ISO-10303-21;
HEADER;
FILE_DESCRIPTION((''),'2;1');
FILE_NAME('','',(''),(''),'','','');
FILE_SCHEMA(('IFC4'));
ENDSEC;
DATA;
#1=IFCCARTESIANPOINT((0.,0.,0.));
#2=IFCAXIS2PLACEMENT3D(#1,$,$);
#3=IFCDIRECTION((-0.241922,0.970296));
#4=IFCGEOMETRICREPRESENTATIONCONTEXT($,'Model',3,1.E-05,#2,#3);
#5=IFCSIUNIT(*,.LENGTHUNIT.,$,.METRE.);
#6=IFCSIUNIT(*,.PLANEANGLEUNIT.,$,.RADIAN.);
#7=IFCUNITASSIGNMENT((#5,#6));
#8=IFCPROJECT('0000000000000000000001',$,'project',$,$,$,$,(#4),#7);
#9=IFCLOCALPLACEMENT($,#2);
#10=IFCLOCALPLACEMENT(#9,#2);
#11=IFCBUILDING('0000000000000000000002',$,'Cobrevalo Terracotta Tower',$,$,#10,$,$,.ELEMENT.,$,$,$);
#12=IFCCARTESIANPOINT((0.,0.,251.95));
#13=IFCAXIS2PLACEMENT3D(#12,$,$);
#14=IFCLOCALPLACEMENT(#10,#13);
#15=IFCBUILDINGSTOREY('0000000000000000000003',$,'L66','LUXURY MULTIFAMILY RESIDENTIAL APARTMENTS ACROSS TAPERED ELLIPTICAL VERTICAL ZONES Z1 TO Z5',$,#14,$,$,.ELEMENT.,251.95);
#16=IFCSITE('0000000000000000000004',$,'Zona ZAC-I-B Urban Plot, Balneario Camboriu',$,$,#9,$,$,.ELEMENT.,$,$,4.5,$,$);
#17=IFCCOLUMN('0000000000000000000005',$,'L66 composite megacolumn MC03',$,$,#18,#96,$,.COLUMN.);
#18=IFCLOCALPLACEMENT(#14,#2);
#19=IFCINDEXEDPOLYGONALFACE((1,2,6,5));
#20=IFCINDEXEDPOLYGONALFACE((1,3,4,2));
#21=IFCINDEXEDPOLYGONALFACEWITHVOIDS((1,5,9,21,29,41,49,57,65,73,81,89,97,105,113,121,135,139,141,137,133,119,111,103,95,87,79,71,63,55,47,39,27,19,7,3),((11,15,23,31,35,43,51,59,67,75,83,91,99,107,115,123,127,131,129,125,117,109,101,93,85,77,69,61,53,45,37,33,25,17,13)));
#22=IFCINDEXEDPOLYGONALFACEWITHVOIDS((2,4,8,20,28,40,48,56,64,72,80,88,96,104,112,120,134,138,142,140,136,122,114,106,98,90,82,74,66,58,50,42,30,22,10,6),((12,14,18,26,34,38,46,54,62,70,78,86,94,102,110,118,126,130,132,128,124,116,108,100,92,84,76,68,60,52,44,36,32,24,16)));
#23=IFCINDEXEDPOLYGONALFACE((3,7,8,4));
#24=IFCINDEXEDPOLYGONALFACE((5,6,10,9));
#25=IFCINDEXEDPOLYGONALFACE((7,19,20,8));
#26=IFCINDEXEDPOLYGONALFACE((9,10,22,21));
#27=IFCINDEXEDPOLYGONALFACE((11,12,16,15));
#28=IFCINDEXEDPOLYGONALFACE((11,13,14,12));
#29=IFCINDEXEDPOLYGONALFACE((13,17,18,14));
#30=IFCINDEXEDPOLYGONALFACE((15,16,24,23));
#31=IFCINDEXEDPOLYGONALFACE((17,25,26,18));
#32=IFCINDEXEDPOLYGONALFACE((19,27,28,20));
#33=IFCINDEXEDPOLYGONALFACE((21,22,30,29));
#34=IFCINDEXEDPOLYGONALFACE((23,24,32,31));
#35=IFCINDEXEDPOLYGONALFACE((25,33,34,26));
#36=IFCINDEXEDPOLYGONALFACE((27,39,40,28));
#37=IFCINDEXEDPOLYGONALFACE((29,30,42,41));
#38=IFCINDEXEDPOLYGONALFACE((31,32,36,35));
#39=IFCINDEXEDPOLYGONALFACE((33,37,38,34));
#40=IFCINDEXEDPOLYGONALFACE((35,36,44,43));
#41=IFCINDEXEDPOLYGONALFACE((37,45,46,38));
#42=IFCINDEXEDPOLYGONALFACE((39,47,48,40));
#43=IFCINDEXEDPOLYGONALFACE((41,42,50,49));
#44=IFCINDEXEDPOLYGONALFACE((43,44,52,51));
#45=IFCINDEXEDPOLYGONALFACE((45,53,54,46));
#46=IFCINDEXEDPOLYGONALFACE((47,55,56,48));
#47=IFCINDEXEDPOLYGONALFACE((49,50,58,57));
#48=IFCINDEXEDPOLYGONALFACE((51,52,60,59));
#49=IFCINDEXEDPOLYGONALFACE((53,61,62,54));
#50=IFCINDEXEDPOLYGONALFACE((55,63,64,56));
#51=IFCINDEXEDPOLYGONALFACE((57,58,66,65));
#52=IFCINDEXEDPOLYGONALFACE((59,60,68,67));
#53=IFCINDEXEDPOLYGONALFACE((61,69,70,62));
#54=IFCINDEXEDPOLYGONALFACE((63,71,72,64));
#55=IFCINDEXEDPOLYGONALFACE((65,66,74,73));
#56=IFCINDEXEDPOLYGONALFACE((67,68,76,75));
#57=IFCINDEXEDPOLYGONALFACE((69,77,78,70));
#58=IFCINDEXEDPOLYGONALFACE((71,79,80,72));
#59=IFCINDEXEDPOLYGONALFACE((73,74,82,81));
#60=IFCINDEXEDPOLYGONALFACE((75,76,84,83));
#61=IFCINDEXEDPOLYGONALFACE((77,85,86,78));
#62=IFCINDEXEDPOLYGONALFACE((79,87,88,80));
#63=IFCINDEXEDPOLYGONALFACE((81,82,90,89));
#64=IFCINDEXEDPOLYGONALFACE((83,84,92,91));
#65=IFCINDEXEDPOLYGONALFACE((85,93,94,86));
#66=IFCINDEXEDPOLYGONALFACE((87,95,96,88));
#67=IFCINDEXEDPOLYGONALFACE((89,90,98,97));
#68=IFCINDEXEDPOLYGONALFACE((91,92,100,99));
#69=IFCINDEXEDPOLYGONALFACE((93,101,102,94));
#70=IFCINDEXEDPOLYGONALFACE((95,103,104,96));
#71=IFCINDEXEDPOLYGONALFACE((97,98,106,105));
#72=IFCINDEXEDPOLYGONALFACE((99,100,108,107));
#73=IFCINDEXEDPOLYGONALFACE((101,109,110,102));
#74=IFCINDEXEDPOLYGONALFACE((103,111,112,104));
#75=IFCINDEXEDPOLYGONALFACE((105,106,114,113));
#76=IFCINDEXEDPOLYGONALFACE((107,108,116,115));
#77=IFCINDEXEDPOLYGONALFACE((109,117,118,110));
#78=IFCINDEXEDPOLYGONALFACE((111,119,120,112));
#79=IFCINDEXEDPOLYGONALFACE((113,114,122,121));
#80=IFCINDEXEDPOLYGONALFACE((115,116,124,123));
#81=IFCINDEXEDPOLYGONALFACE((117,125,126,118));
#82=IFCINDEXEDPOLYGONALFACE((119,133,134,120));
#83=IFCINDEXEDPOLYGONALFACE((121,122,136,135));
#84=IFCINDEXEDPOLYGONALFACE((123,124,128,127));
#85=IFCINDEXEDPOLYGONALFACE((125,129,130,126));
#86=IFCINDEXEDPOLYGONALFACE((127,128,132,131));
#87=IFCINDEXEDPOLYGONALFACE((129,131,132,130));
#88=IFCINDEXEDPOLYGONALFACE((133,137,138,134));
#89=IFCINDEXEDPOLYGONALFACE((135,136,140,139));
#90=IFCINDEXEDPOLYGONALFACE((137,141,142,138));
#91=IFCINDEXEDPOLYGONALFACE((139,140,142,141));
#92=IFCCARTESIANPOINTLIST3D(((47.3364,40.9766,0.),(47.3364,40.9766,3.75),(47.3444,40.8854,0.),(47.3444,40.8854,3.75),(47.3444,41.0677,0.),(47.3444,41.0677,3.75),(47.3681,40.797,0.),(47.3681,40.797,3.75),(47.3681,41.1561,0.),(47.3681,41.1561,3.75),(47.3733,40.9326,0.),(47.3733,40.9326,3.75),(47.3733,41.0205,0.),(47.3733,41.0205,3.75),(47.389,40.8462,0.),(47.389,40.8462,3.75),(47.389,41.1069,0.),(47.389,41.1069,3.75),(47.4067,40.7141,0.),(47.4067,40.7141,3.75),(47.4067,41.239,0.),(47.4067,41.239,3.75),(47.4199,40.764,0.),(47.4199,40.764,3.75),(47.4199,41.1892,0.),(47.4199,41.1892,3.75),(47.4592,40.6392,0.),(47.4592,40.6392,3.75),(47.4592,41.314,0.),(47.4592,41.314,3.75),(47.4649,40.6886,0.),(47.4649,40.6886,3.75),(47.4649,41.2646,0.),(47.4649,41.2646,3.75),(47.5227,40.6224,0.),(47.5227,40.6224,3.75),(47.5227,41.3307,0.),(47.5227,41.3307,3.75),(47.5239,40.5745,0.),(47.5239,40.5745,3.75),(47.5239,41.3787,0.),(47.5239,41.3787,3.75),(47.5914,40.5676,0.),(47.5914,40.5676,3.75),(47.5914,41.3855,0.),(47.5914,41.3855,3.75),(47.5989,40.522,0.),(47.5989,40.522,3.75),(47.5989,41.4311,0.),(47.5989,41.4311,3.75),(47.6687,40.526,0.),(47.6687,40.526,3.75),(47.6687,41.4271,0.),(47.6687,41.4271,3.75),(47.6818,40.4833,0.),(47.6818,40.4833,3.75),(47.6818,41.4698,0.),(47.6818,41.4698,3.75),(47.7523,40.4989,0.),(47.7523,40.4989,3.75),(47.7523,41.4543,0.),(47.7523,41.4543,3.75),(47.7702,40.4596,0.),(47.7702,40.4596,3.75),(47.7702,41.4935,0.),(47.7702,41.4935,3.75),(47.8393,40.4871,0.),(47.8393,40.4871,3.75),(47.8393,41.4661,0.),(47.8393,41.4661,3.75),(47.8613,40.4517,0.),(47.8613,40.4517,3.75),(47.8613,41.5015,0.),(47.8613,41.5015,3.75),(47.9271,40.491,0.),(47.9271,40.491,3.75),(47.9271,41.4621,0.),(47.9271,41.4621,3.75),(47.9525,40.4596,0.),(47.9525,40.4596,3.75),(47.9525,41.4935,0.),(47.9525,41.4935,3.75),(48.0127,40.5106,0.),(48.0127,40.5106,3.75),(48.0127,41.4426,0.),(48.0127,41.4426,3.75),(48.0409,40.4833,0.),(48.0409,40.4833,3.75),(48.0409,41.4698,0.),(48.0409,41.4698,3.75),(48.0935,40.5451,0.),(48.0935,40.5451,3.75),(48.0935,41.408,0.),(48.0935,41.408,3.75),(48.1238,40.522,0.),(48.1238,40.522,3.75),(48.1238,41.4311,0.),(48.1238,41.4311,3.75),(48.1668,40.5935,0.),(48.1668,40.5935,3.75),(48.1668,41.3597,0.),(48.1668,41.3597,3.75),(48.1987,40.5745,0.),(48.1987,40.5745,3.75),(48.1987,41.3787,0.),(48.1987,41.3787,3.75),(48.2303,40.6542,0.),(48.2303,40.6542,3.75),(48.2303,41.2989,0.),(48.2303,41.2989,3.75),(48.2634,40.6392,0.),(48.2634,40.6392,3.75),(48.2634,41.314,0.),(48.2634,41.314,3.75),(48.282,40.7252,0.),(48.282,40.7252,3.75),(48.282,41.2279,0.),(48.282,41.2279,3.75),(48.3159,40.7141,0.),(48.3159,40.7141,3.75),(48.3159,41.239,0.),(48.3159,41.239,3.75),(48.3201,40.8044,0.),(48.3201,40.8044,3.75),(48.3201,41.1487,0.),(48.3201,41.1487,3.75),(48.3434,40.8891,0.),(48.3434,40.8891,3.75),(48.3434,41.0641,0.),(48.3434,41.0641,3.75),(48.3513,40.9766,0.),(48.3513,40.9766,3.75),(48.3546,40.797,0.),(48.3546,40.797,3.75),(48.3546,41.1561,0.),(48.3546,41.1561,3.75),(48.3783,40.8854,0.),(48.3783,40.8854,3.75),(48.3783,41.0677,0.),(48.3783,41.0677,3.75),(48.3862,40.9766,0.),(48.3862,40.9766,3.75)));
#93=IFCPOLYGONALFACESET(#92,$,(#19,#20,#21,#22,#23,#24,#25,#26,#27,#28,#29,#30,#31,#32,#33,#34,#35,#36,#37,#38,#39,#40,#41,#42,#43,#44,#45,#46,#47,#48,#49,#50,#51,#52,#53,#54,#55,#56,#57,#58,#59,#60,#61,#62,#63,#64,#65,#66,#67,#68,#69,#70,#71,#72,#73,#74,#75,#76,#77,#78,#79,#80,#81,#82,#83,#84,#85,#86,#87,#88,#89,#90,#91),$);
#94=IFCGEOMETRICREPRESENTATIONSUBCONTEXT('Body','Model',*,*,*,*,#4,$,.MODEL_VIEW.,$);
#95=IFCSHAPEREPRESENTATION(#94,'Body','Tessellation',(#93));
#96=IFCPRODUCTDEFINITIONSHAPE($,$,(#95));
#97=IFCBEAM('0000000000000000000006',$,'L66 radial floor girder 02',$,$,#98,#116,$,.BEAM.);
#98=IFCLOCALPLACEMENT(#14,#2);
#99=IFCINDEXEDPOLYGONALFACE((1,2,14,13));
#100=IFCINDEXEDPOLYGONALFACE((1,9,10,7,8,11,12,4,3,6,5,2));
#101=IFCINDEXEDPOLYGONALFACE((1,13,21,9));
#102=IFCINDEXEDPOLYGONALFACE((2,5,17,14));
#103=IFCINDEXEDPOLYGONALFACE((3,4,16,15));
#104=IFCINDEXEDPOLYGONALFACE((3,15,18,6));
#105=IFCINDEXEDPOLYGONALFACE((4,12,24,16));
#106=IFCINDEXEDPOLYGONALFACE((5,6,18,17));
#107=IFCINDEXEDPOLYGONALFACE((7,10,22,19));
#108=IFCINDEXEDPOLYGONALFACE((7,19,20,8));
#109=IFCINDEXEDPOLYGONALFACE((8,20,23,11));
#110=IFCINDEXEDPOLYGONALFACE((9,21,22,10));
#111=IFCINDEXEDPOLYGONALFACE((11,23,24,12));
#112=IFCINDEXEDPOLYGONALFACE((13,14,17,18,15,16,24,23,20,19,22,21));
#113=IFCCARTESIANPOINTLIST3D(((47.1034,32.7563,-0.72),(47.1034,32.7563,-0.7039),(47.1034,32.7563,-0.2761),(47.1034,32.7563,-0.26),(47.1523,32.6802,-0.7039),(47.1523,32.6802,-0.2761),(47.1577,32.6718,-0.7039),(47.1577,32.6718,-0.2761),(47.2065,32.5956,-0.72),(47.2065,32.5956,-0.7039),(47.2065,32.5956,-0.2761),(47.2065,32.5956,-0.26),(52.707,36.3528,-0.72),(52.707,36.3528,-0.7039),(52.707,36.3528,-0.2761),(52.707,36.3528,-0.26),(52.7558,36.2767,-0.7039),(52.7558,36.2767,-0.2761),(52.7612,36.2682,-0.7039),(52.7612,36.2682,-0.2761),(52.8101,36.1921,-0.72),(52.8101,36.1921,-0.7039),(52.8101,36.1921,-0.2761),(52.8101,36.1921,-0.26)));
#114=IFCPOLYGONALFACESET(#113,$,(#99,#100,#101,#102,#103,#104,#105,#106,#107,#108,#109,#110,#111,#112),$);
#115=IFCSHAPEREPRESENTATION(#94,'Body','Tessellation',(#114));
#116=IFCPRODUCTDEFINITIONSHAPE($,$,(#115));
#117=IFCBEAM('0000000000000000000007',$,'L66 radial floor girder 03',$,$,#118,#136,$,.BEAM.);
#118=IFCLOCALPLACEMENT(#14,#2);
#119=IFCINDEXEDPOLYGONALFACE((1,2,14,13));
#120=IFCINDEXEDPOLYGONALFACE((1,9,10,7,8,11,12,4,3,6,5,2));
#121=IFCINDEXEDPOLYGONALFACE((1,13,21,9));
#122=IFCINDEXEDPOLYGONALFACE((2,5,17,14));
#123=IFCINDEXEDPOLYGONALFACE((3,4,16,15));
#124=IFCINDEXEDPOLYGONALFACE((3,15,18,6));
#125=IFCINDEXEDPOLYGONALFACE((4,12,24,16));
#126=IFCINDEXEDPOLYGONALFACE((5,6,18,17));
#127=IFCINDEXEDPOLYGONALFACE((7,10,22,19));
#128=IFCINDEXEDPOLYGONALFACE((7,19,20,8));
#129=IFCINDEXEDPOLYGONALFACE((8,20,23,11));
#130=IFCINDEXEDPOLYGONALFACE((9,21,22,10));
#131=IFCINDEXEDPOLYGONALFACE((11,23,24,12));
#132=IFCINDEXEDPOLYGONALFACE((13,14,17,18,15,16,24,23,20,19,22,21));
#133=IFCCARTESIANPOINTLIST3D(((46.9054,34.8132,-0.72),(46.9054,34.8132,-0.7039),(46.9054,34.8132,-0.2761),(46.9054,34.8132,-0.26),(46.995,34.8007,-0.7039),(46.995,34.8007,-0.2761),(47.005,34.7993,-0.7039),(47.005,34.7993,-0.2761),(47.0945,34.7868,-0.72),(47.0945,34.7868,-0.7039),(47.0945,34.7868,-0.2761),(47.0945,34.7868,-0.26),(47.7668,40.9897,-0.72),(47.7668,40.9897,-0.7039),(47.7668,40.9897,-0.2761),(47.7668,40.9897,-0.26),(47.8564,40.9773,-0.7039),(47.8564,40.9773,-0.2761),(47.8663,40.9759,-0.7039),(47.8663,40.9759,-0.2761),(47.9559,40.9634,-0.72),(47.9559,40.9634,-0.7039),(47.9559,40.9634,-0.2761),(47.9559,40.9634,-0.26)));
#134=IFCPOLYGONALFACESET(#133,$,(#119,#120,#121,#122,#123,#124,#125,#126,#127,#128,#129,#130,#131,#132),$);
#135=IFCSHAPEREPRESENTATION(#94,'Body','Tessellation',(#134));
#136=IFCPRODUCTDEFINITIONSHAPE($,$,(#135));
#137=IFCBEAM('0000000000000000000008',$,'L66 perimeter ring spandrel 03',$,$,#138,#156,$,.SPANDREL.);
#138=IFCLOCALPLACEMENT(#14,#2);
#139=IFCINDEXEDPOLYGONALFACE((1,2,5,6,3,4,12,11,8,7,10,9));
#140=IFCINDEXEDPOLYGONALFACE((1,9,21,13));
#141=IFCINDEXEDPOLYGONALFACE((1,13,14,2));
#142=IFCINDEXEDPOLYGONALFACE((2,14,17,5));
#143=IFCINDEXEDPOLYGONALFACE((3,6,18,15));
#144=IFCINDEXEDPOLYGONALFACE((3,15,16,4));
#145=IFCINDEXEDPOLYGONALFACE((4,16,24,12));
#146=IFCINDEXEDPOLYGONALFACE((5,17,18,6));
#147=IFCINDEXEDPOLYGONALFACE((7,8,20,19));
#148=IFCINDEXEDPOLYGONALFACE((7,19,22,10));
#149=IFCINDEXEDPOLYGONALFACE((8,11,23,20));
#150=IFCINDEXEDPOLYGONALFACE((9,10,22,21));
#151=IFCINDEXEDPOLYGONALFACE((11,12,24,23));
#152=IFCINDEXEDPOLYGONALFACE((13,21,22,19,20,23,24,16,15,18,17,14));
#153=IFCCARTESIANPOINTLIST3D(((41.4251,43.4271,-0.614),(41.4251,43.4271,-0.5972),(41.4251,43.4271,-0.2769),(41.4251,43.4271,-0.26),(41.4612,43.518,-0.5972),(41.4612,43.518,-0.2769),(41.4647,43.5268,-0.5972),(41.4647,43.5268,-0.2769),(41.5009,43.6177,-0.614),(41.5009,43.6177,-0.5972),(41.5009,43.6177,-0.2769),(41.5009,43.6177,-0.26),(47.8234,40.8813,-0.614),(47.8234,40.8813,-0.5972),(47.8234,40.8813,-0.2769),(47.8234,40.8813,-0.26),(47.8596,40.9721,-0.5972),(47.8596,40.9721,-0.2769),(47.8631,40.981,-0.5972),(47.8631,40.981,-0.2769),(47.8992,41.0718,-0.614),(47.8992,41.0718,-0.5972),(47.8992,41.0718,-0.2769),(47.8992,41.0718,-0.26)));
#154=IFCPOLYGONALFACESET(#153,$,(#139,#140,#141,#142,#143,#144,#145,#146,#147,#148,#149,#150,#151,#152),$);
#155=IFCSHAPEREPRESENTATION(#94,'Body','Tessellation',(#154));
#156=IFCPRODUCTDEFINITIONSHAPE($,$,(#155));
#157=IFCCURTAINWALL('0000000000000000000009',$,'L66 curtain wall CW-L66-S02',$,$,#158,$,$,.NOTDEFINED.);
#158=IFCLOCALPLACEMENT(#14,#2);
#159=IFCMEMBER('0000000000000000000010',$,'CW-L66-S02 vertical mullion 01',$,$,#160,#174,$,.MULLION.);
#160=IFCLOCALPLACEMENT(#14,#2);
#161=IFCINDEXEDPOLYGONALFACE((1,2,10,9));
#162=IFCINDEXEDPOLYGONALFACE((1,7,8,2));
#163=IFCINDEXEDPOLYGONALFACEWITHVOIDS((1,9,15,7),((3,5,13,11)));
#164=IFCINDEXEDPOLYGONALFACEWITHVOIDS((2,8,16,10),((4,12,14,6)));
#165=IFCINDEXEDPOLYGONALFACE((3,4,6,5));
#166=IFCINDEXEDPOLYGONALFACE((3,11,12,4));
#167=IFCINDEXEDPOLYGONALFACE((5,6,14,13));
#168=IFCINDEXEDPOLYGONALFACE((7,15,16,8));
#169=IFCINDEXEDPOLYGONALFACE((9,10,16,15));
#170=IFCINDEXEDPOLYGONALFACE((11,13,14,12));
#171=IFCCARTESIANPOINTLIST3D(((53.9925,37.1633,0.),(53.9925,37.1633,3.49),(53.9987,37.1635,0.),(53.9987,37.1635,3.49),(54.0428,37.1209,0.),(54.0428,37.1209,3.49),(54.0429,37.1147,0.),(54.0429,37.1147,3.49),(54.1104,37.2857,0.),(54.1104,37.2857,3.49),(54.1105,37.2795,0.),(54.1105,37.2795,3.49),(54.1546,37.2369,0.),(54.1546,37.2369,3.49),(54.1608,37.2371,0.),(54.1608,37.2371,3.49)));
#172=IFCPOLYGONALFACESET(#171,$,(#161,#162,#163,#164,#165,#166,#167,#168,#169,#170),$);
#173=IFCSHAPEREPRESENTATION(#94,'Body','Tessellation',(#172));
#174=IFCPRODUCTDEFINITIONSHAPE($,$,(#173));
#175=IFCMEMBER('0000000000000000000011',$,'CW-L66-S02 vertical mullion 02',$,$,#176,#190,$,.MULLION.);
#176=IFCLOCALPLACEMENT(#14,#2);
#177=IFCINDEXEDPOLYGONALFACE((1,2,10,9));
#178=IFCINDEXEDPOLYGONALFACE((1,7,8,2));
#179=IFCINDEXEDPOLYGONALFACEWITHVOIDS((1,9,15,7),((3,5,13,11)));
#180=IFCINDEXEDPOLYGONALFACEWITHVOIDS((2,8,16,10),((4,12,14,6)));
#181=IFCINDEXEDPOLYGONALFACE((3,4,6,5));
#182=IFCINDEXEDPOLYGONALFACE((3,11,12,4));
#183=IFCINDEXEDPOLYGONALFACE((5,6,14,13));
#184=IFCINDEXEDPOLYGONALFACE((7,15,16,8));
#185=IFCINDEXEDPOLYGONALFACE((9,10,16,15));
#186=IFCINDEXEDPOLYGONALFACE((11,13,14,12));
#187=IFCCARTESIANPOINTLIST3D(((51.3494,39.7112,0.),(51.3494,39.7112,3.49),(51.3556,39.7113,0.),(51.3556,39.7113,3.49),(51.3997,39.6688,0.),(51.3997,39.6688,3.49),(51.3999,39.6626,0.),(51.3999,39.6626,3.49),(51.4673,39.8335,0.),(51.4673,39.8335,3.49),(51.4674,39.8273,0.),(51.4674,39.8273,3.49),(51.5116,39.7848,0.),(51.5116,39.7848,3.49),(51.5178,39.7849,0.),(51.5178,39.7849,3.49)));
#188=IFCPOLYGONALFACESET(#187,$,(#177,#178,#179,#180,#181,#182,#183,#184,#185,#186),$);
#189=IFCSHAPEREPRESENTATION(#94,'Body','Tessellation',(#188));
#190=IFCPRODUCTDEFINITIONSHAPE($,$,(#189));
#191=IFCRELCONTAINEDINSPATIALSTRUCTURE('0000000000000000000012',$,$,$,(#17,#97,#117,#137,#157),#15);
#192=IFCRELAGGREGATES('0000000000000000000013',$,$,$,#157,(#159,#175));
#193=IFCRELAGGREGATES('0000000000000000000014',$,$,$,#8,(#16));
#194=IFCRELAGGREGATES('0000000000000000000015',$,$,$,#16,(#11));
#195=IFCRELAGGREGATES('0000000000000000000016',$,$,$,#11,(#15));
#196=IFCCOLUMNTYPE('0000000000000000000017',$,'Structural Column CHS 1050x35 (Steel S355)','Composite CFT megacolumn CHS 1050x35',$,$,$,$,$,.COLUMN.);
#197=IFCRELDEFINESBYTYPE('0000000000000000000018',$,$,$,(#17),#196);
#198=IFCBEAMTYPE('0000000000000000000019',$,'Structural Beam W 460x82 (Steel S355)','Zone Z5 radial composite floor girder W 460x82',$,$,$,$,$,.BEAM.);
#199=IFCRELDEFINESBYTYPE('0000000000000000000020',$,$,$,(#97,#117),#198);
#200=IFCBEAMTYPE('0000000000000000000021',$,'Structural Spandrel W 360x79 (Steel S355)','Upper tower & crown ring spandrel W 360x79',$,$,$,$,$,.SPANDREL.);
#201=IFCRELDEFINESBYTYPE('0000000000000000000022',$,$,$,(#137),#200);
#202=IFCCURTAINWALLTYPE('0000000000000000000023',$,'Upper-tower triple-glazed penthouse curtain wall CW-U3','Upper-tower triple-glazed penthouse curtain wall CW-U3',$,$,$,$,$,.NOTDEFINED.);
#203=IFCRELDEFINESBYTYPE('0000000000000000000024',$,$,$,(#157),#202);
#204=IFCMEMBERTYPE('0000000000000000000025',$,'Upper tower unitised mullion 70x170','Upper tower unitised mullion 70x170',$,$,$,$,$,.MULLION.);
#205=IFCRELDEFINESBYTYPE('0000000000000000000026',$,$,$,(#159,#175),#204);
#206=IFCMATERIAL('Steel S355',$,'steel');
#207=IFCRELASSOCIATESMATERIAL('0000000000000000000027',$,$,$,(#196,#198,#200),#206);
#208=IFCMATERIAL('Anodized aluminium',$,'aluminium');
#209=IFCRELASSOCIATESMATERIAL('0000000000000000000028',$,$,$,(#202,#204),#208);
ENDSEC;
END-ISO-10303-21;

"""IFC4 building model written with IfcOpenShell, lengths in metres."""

from ifc_helpers import new_model, si_unit, direction, frame, origin, origin_2d, place, context, subcontext, project, spatial, hollow_rectangle, hollow_circle, i_section, extrude, source, transform, mapped, material, material_profile, profile_set, type_object, element, aggregate, save


model = new_model("IFC4")

# Units and contexts
model_context = context("Model", 3, precision=1e-05, world=origin(), true_north=direction((-0.241922, 0.970296)))
body_context = subcontext(model_context, "Body", "Model", "MODEL_VIEW")
ifc_project = project(units=[si_unit("LENGTHUNIT", "METRE"), si_unit("PLANEANGLEUNIT", "RADIAN")], contexts=[model_context])

# Site, building, storey
site_placement = place(None, origin())
site = spatial("IfcSite", under=ifc_project, at=site_placement, Name="Zona ZAC-I-B Urban Plot, Balneario Camboriu", CompositionType="ELEMENT", RefElevation=4.5)
building_placement = place(site_placement, origin())
building = spatial("IfcBuilding", under=site, at=building_placement, Name="Cobrevalo Terracotta Tower", CompositionType="ELEMENT")
storey_placement = place(building_placement, frame((0.0, 0.0, 251.95)))
storey = spatial("IfcBuildingStorey", under=building, at=storey_placement, Name="L66", Description="LUXURY MULTIFAMILY RESIDENTIAL APARTMENTS ACROSS TAPERED ELLIPTICAL VERTICAL ZONES Z1 TO Z5", CompositionType="ELEMENT", Elevation=251.95)

# Column
ifc_material_1 = material(Name="Steel S355", Category="steel")
ifc_material_profile_1 = material_profile(ifc_material_1, hollow_circle(Radius=0.5249, WallThickness=0.0349, at=origin_2d()), Name="CHS 1050x35")
ifc_profile_set_1 = profile_set([ifc_material_profile_1], Name="Steel S355")
column_type = type_object("IfcColumnType", Name="Structural Column CHS 1050x35 (Steel S355)", Description="Composite CFT megacolumn CHS 1050x35", PredefinedType="COLUMN", material=ifc_profile_set_1)
column_placement = place(storey_placement, frame((47.8613, 40.9766, 0.0), z_axis=(0.0, 0.0, 1.0), x_axis=(1.0, 0.0, 0.0)))
element("IfcColumn", 1, at=column_placement, inside=storey, type_object=column_type, Name="L66 composite megacolumn MC03", PredefinedType="COLUMN", context=body_context, shape_type="SweptSolid", body=[
    extrude(hollow_circle(Radius=0.5249, WallThickness=0.0349, at=origin_2d()), origin(), (0.0, 0.0, 1.0), 3.75),
])

# Beams
ifc_material_profile_2 = material_profile(ifc_material_1, i_section(OverallWidth=0.1909, OverallDepth=0.46, WebThickness=0.01, FlangeThickness=0.0161, at=origin_2d()), Name="W 460x82")
ifc_profile_set_2 = profile_set([ifc_material_profile_2], Name="Steel S355")
beam_type_1 = type_object("IfcBeamType", Name="Structural Beam W 460x82 (Steel S355)", Description="Zone Z5 radial composite floor girder W 460x82", PredefinedType="BEAM", material=ifc_profile_set_2)
beam_1_placement = place(storey_placement, frame((52.7585, 36.2725, -0.49), z_axis=(-0.841576, -0.540138, 0.0), x_axis=(0.540138, -0.841576, 0.0)))
element("IfcBeam", 2, at=beam_1_placement, inside=storey, type_object=beam_type_1, Name="L66 radial floor girder 02", PredefinedType="BEAM", context=body_context, shape_type="SweptSolid", body=[
    extrude(i_section(OverallWidth=0.1909, OverallDepth=0.46, WebThickness=0.01, FlangeThickness=0.0161, at=origin_2d()), origin(), (0.0, 0.0, 1.0), 6.6584),
])
beam_2_placement = place(storey_placement, frame((47.8613, 40.9766, -0.49), z_axis=(-0.138116, -0.990416, 0.0), x_axis=(0.990416, -0.138116, 0.0)))
element("IfcBeam", 3, at=beam_2_placement, inside=storey, type_object=beam_type_1, Name="L66 radial floor girder 03", PredefinedType="BEAM", context=body_context, shape_type="SweptSolid", body=[
    extrude(i_section(OverallWidth=0.1909, OverallDepth=0.46, WebThickness=0.01, FlangeThickness=0.0161, at=origin_2d()), origin(), (0.0, 0.0, 1.0), 6.2363),
])
ifc_material_profile_3 = material_profile(ifc_material_1, i_section(OverallWidth=0.2051, OverallDepth=0.354, WebThickness=0.0095, FlangeThickness=0.0168, at=origin_2d()), Name="W 360x79")
ifc_profile_set_3 = profile_set([ifc_material_profile_3], Name="Steel S355")
beam_type_2 = type_object("IfcBeamType", Name="Structural Spandrel W 360x79 (Steel S355)", Description="Upper tower & crown ring spandrel W 360x79", PredefinedType="SPANDREL", material=ifc_profile_set_3)
beam_3_placement = place(storey_placement, frame((47.8613, 40.9766, -0.437), z_axis=(-0.92915, 0.369703, 0.0), x_axis=(-0.369703, -0.92915, 0.0)))
element("IfcBeam", 4, at=beam_3_placement, inside=storey, type_object=beam_type_2, Name="L66 perimeter ring spandrel 03", PredefinedType="SPANDREL", context=body_context, shape_type="SweptSolid", body=[
    extrude(i_section(OverallWidth=0.2051, OverallDepth=0.354, WebThickness=0.0095, FlangeThickness=0.0168, at=origin_2d()), origin(), (0.0, 0.0, 1.0), 6.8862),
])

# Curtain wall, members
ifc_material_2 = material(Name="Anodized aluminium", Category="aluminium")
curtain_wall_type = type_object("IfcCurtainWallType", Name="Upper-tower triple-glazed penthouse curtain wall CW-U3", Description="Upper-tower triple-glazed penthouse curtain wall CW-U3", PredefinedType="NOTDEFINED", material=ifc_material_2)
curtain_wall_1_placement = place(storey_placement, origin())
curtain_wall_1 = element("IfcCurtainWall", 5, at=curtain_wall_1_placement, inside=storey, type_object=curtain_wall_type, Name="L66 curtain wall CW-L66-S02", PredefinedType="NOTDEFINED")
ifc_material_profile_4 = material_profile(ifc_material_2, hollow_rectangle(XDim=0.0701, YDim=0.1699, WallThickness=0.0044, at=origin_2d()), Name="CWM 70x170")
ifc_profile_set_4 = profile_set([ifc_material_profile_4], Name="Anodized aluminium")
member_type_1 = type_object("IfcMemberType", Name="Upper tower unitised mullion 70x170", Description="Upper tower unitised mullion 70x170", PredefinedType="MULLION", material=ifc_profile_set_4)
shared_shape_1 = source(origin(), body_context, "Body", "SweptSolid", [
    extrude(hollow_rectangle(XDim=0.0701, YDim=0.1699, WallThickness=0.0044, at=origin_2d()), origin(), (0.0, 0.0, 1.0), 3.49),
])
member_1_placement = place(storey_placement, frame((54.0767, 37.2002, 0.0), z_axis=(0.0, 0.0, 1.0), x_axis=(-0.719994, 0.69398, 0.0)))
member_1 = element("IfcMember", 6, at=member_1_placement, type_object=member_type_1, Name="CW-L66-S02 vertical mullion 01", PredefinedType="MULLION", context=body_context, shape_type="MappedRepresentation", body=[
    mapped(shared_shape_1, transform((0.0, 0.0, 0.0), scale=1.0)),
])
member_2_placement = place(storey_placement, frame((51.4336, 39.748, 0.0), z_axis=(0.0, 0.0, 1.0), x_axis=(-0.719994, 0.69398, 0.0)))
member_2 = element("IfcMember", 7, at=member_2_placement, type_object=member_type_1, Name="CW-L66-S02 vertical mullion 02", PredefinedType="MULLION", context=body_context, shape_type="MappedRepresentation", body=[
    mapped(shared_shape_1, transform((0.0, 0.0, 0.0), scale=1.0)),
])

aggregate(curtain_wall_1, [member_1, member_2])

save(model, "model.ifc")
